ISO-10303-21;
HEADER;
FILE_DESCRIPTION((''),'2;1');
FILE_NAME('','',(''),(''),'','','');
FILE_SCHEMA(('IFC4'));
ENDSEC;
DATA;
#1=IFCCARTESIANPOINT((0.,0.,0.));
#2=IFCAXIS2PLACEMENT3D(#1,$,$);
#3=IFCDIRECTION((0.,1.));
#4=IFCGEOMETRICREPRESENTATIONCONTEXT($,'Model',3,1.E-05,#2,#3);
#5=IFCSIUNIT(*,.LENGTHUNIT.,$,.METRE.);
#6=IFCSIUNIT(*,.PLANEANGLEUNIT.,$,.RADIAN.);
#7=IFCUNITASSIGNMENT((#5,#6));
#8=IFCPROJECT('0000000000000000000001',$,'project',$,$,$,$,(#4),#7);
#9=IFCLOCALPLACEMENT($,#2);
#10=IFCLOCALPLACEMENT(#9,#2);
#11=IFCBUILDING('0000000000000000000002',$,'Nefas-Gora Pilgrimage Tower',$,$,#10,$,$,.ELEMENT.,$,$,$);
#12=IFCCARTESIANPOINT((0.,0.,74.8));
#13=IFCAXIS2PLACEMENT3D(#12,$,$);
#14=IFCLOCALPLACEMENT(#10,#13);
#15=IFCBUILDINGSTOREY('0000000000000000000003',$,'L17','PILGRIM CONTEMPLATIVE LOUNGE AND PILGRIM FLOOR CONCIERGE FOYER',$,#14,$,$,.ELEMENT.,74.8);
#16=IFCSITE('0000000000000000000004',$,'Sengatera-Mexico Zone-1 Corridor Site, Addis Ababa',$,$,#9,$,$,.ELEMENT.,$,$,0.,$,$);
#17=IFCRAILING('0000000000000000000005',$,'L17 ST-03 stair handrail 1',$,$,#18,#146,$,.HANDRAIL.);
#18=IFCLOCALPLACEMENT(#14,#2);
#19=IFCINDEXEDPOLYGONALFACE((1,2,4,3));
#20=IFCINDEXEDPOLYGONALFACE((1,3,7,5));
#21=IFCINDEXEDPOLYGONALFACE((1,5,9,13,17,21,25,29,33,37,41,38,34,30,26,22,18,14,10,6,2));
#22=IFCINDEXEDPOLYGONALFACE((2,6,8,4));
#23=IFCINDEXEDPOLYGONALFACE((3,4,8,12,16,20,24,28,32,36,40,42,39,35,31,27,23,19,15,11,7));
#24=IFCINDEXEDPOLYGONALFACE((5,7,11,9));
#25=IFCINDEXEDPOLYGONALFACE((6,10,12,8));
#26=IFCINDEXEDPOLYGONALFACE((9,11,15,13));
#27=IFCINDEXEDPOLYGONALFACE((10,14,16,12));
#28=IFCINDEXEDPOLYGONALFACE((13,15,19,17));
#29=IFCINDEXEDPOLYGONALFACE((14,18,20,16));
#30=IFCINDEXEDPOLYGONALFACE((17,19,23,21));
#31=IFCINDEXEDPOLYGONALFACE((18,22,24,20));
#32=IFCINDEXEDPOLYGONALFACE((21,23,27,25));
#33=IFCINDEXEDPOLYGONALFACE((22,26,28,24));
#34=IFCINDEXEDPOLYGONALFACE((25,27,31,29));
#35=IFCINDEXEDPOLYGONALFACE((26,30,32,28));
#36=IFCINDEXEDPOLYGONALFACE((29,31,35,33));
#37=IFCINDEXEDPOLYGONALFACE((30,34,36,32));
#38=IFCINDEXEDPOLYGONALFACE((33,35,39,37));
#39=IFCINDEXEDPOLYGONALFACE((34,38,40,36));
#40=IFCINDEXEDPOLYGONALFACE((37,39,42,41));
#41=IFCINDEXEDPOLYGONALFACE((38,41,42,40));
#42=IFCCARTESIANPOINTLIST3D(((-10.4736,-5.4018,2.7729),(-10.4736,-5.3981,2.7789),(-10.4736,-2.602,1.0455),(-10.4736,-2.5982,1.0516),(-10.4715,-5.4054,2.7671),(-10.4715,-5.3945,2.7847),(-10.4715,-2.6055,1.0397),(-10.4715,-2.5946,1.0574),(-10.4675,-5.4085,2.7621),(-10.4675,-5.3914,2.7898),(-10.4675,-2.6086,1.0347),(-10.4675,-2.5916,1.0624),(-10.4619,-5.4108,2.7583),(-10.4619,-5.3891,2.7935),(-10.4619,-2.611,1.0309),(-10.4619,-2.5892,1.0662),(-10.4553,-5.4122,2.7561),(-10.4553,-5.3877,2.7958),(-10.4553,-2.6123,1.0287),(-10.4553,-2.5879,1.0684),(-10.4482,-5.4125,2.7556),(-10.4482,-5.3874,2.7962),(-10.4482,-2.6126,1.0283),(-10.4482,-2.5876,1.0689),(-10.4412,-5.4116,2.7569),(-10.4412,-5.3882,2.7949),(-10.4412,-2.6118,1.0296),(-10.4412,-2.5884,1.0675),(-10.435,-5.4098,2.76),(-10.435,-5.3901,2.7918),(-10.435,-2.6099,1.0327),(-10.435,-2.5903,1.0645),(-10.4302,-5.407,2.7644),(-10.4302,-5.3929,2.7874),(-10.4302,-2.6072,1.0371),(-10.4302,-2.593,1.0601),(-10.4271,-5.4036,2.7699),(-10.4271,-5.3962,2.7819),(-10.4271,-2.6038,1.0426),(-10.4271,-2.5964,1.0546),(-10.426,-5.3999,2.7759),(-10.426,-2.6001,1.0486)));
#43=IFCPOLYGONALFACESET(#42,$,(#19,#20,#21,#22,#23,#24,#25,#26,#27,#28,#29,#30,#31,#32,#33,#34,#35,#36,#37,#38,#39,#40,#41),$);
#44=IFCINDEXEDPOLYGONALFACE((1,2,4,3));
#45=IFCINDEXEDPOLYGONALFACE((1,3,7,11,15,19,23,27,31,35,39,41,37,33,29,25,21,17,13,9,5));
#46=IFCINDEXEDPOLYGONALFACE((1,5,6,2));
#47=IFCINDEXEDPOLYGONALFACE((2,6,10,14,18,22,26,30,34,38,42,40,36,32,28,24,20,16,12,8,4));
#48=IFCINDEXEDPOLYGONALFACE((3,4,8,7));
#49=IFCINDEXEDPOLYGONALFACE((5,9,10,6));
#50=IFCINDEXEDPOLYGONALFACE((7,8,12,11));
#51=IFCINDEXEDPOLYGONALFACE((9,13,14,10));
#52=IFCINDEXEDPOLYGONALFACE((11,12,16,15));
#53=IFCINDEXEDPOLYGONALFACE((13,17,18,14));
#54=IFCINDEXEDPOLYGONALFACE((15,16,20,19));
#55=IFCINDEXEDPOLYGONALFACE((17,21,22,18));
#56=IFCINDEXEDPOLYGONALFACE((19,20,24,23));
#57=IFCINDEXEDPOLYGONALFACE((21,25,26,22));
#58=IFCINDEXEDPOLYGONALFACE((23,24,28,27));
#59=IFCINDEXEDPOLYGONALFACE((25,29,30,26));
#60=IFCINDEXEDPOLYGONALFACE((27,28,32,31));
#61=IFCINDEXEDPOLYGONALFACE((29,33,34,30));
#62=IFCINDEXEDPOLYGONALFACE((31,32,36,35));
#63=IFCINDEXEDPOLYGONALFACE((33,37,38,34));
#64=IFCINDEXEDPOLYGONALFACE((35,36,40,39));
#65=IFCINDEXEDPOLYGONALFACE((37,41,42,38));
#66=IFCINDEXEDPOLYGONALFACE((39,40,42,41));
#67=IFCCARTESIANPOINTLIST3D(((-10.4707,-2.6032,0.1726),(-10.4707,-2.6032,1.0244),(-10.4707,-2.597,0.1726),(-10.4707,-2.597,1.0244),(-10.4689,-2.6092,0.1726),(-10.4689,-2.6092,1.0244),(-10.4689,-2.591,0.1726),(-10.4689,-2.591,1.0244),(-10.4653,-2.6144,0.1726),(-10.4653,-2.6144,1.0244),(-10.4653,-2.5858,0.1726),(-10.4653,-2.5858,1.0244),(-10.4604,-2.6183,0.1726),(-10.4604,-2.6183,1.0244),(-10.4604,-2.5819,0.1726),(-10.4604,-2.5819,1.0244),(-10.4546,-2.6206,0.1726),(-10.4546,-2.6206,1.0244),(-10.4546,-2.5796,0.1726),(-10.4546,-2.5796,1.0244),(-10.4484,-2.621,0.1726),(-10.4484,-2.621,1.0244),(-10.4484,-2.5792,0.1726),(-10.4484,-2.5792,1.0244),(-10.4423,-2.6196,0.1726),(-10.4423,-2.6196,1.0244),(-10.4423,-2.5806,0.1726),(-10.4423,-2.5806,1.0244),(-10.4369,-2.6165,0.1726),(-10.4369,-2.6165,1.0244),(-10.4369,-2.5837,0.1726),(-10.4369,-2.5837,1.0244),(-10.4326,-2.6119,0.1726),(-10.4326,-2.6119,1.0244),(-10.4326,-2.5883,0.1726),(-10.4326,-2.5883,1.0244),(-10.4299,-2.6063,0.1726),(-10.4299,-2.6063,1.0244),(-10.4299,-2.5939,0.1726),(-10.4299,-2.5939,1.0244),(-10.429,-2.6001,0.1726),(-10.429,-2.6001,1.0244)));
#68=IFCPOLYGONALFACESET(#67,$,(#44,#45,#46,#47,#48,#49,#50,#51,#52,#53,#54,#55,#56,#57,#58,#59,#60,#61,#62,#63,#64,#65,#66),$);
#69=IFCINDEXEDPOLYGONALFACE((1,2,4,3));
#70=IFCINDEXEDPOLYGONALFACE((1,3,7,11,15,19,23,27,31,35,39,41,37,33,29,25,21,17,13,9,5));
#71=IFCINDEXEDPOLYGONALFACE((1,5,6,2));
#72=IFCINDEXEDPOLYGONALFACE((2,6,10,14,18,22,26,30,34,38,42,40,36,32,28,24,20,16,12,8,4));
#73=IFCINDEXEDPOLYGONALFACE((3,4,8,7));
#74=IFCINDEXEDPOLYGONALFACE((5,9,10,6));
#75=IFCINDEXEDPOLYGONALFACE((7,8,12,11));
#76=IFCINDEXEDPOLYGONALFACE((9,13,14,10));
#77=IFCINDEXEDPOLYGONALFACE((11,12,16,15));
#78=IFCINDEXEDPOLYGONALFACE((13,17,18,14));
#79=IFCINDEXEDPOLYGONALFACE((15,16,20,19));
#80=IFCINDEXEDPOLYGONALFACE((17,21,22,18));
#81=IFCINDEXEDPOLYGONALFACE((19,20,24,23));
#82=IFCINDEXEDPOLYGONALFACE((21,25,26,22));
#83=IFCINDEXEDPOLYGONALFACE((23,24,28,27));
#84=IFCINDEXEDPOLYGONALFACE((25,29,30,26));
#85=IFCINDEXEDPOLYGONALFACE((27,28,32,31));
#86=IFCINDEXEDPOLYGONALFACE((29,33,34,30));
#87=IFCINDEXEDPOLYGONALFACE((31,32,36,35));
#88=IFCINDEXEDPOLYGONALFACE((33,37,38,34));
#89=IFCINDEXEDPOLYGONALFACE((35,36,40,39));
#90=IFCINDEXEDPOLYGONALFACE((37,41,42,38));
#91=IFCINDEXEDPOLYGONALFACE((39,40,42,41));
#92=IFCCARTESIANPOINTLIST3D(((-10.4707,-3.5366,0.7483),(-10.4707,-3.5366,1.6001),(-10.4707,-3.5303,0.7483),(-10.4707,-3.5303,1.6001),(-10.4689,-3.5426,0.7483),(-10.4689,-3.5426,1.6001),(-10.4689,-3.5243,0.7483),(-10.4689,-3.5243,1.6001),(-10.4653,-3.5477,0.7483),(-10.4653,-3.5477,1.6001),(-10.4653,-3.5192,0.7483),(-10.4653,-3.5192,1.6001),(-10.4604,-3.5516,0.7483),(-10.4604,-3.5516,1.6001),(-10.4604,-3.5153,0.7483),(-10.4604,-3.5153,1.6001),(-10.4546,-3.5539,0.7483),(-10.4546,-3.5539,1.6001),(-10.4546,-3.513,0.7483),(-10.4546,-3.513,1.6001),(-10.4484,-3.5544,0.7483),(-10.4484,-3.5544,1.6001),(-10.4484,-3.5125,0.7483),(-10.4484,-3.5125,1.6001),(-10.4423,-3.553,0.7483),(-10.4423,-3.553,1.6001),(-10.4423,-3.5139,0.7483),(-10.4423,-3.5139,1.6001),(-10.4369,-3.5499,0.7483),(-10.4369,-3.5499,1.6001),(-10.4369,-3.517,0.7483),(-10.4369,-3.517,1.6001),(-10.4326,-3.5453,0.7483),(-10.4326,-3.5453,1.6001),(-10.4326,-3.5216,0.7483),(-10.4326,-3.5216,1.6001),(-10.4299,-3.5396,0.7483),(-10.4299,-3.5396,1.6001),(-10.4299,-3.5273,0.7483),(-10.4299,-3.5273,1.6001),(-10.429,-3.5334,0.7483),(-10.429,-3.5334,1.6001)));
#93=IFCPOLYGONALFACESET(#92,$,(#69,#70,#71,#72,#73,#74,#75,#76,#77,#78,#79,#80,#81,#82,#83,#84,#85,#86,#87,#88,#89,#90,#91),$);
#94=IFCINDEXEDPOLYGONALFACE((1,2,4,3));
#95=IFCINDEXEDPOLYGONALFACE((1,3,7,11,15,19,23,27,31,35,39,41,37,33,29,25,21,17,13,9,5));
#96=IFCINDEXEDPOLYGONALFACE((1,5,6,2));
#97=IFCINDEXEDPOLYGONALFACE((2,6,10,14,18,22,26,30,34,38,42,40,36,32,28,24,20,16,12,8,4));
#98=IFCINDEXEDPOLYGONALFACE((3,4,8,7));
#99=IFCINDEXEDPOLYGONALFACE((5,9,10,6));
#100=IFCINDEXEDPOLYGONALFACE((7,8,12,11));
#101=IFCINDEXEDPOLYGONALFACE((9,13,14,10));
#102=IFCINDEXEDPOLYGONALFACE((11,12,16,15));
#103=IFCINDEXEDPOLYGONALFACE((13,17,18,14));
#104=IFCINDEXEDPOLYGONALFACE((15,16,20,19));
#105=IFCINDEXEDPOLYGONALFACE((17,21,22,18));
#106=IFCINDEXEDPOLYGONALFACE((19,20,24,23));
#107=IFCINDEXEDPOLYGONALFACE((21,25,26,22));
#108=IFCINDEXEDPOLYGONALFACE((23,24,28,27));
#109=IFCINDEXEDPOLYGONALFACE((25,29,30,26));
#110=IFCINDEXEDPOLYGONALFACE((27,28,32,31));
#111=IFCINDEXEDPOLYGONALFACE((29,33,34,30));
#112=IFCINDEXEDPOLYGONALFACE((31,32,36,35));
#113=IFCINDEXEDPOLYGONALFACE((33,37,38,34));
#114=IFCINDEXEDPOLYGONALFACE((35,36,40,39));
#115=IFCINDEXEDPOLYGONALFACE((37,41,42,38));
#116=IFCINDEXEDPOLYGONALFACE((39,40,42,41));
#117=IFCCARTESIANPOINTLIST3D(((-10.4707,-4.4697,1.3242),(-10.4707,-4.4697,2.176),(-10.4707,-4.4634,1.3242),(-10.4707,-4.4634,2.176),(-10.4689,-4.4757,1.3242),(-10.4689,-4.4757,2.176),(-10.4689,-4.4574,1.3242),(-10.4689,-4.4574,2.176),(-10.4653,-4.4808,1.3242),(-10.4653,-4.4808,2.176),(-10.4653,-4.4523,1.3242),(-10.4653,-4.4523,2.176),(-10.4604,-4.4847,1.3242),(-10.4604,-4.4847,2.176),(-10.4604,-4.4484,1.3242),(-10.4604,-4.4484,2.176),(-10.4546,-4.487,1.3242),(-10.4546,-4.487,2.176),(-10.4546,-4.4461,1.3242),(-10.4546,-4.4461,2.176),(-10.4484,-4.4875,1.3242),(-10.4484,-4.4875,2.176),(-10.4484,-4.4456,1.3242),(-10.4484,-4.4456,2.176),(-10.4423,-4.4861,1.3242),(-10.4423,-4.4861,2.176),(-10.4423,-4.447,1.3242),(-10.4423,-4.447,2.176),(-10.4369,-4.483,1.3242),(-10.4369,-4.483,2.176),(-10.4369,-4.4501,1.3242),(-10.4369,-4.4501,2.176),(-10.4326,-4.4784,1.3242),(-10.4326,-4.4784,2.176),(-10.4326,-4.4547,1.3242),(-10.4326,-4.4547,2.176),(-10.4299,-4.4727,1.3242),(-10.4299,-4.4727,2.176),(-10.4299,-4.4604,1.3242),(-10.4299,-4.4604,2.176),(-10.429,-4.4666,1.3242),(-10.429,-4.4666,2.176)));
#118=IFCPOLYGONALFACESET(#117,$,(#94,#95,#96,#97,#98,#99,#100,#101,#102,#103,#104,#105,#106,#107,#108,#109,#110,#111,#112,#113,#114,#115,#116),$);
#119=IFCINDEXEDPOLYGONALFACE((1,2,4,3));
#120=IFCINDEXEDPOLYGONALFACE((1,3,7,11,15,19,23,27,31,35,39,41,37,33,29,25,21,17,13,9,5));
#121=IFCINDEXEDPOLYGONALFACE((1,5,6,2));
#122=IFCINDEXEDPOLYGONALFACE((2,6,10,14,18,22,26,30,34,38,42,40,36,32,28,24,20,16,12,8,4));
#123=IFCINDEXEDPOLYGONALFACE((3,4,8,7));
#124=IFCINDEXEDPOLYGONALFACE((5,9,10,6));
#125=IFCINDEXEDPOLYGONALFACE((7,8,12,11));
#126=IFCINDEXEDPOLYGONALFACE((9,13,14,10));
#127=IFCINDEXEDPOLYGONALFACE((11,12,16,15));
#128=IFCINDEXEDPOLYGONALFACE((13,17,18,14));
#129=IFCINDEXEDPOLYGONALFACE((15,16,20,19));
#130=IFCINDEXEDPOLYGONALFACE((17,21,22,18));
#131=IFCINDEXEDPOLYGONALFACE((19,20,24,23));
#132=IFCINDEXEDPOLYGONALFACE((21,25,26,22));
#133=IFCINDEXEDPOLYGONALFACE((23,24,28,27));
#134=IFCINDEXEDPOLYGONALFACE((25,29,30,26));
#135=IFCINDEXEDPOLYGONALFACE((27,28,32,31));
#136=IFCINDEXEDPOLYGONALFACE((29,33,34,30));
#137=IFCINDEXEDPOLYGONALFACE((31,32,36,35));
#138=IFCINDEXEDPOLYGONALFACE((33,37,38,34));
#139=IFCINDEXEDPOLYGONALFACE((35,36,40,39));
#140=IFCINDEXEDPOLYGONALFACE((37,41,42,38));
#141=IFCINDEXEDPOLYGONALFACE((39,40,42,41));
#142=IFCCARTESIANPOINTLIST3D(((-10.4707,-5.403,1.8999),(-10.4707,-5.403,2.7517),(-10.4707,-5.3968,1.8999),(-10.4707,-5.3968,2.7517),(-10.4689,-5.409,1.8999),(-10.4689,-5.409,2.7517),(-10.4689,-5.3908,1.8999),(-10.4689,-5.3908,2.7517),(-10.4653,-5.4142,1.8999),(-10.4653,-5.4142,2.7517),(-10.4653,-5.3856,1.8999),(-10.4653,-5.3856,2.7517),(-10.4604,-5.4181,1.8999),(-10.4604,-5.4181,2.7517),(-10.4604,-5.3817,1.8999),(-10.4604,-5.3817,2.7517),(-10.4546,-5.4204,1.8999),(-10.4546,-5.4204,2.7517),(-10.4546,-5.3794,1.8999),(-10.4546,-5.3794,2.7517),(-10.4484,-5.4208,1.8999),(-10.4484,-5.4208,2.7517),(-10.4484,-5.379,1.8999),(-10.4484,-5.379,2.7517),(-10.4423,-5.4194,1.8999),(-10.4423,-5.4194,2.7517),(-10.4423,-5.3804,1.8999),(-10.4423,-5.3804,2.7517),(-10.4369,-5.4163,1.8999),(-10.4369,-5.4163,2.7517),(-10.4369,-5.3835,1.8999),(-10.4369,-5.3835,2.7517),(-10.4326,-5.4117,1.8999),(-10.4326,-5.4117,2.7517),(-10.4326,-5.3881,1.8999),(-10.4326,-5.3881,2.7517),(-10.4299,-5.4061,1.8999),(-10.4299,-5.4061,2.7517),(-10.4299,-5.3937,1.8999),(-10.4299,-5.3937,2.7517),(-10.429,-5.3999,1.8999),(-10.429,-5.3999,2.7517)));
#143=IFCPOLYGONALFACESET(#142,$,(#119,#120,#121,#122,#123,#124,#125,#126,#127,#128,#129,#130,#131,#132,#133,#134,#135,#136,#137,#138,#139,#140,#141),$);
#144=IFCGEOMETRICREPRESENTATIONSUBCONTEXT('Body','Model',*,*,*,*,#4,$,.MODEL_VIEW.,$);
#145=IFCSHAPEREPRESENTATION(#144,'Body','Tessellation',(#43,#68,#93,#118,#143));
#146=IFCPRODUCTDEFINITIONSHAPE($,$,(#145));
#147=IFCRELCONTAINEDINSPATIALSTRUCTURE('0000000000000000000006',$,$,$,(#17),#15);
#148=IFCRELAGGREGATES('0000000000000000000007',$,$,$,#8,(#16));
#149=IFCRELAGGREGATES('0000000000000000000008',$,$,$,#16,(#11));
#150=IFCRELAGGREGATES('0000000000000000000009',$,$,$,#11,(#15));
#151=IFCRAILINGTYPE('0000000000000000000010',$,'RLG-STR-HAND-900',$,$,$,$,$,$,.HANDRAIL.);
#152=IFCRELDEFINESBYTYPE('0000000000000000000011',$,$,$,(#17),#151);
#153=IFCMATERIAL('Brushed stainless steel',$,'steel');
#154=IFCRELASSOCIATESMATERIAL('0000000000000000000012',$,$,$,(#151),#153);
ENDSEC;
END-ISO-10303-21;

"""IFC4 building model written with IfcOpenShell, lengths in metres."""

from ifc_helpers import new_model, si_unit, direction, frame, origin, origin_2d, place, context, subcontext, project, spatial, circle, extrude, material, type_object, element, save


model = new_model("IFC4")

# Units and contexts
model_context = context("Model", 3, precision=1e-05, world=origin(), true_north=direction((0.0, 1.0)))
body_context = subcontext(model_context, "Body", "Model", "MODEL_VIEW")
ifc_project = project(units=[si_unit("LENGTHUNIT", "METRE"), si_unit("PLANEANGLEUNIT", "RADIAN")], contexts=[model_context])

# Site, building, storey
site_placement = place(None, origin())
site = spatial("IfcSite", under=ifc_project, at=site_placement, Name="Sengatera-Mexico Zone-1 Corridor Site, Addis Ababa", CompositionType="ELEMENT", RefElevation=0.0)
building_placement = place(site_placement, origin())
building = spatial("IfcBuilding", under=site, at=building_placement, Name="Nefas-Gora Pilgrimage Tower", CompositionType="ELEMENT")
storey_placement = place(building_placement, frame((0.0, 0.0, 74.8)))
storey = spatial("IfcBuildingStorey", under=building, at=storey_placement, Name="L17", Description="PILGRIM CONTEMPLATIVE LOUNGE AND PILGRIM FLOOR CONCIERGE FOYER", CompositionType="ELEMENT", Elevation=74.8)

# Railing
ifc_material_1 = material(Name="Brushed stainless steel", Category="steel")
railing_type_1 = type_object("IfcRailingType", Name="RLG-STR-HAND-900", PredefinedType="HANDRAIL", material=ifc_material_1)
railing_1_placement = place(storey_placement, frame((-10.45, -2.6001, 0.1726)))
element("IfcRailing", 1, at=railing_1_placement, inside=storey, type_object=railing_type_1, Name="L17 ST-03 stair handrail 1", PredefinedType="HANDRAIL", context=body_context, shape_type="SweptSolid", body=[
    extrude(circle(Radius=0.0239, at=origin_2d()), frame((0.0, 0.0, 0.876), z_axis=(0.0, -0.851069, 0.525054), x_axis=(1.0, 0.0, 0.0)), (0.0, 0.0, 1.0), 3.2898),
    extrude(circle(Radius=0.021, at=origin_2d()), origin(), (0.0, 0.0, 1.0), 0.8518),
    extrude(circle(Radius=0.021, at=origin_2d()), frame((0.0, -0.9333, 0.5757)), (0.0, 0.0, 1.0), 0.8518),
    extrude(circle(Radius=0.021, at=origin_2d()), frame((0.0, -1.8665, 1.1516)), (0.0, 0.0, 1.0), 0.8518),
    extrude(circle(Radius=0.021, at=origin_2d()), frame((0.0, -2.7998, 1.7273)), (0.0, 0.0, 1.0), 0.8518),
])

save(model, "model.ifc")
